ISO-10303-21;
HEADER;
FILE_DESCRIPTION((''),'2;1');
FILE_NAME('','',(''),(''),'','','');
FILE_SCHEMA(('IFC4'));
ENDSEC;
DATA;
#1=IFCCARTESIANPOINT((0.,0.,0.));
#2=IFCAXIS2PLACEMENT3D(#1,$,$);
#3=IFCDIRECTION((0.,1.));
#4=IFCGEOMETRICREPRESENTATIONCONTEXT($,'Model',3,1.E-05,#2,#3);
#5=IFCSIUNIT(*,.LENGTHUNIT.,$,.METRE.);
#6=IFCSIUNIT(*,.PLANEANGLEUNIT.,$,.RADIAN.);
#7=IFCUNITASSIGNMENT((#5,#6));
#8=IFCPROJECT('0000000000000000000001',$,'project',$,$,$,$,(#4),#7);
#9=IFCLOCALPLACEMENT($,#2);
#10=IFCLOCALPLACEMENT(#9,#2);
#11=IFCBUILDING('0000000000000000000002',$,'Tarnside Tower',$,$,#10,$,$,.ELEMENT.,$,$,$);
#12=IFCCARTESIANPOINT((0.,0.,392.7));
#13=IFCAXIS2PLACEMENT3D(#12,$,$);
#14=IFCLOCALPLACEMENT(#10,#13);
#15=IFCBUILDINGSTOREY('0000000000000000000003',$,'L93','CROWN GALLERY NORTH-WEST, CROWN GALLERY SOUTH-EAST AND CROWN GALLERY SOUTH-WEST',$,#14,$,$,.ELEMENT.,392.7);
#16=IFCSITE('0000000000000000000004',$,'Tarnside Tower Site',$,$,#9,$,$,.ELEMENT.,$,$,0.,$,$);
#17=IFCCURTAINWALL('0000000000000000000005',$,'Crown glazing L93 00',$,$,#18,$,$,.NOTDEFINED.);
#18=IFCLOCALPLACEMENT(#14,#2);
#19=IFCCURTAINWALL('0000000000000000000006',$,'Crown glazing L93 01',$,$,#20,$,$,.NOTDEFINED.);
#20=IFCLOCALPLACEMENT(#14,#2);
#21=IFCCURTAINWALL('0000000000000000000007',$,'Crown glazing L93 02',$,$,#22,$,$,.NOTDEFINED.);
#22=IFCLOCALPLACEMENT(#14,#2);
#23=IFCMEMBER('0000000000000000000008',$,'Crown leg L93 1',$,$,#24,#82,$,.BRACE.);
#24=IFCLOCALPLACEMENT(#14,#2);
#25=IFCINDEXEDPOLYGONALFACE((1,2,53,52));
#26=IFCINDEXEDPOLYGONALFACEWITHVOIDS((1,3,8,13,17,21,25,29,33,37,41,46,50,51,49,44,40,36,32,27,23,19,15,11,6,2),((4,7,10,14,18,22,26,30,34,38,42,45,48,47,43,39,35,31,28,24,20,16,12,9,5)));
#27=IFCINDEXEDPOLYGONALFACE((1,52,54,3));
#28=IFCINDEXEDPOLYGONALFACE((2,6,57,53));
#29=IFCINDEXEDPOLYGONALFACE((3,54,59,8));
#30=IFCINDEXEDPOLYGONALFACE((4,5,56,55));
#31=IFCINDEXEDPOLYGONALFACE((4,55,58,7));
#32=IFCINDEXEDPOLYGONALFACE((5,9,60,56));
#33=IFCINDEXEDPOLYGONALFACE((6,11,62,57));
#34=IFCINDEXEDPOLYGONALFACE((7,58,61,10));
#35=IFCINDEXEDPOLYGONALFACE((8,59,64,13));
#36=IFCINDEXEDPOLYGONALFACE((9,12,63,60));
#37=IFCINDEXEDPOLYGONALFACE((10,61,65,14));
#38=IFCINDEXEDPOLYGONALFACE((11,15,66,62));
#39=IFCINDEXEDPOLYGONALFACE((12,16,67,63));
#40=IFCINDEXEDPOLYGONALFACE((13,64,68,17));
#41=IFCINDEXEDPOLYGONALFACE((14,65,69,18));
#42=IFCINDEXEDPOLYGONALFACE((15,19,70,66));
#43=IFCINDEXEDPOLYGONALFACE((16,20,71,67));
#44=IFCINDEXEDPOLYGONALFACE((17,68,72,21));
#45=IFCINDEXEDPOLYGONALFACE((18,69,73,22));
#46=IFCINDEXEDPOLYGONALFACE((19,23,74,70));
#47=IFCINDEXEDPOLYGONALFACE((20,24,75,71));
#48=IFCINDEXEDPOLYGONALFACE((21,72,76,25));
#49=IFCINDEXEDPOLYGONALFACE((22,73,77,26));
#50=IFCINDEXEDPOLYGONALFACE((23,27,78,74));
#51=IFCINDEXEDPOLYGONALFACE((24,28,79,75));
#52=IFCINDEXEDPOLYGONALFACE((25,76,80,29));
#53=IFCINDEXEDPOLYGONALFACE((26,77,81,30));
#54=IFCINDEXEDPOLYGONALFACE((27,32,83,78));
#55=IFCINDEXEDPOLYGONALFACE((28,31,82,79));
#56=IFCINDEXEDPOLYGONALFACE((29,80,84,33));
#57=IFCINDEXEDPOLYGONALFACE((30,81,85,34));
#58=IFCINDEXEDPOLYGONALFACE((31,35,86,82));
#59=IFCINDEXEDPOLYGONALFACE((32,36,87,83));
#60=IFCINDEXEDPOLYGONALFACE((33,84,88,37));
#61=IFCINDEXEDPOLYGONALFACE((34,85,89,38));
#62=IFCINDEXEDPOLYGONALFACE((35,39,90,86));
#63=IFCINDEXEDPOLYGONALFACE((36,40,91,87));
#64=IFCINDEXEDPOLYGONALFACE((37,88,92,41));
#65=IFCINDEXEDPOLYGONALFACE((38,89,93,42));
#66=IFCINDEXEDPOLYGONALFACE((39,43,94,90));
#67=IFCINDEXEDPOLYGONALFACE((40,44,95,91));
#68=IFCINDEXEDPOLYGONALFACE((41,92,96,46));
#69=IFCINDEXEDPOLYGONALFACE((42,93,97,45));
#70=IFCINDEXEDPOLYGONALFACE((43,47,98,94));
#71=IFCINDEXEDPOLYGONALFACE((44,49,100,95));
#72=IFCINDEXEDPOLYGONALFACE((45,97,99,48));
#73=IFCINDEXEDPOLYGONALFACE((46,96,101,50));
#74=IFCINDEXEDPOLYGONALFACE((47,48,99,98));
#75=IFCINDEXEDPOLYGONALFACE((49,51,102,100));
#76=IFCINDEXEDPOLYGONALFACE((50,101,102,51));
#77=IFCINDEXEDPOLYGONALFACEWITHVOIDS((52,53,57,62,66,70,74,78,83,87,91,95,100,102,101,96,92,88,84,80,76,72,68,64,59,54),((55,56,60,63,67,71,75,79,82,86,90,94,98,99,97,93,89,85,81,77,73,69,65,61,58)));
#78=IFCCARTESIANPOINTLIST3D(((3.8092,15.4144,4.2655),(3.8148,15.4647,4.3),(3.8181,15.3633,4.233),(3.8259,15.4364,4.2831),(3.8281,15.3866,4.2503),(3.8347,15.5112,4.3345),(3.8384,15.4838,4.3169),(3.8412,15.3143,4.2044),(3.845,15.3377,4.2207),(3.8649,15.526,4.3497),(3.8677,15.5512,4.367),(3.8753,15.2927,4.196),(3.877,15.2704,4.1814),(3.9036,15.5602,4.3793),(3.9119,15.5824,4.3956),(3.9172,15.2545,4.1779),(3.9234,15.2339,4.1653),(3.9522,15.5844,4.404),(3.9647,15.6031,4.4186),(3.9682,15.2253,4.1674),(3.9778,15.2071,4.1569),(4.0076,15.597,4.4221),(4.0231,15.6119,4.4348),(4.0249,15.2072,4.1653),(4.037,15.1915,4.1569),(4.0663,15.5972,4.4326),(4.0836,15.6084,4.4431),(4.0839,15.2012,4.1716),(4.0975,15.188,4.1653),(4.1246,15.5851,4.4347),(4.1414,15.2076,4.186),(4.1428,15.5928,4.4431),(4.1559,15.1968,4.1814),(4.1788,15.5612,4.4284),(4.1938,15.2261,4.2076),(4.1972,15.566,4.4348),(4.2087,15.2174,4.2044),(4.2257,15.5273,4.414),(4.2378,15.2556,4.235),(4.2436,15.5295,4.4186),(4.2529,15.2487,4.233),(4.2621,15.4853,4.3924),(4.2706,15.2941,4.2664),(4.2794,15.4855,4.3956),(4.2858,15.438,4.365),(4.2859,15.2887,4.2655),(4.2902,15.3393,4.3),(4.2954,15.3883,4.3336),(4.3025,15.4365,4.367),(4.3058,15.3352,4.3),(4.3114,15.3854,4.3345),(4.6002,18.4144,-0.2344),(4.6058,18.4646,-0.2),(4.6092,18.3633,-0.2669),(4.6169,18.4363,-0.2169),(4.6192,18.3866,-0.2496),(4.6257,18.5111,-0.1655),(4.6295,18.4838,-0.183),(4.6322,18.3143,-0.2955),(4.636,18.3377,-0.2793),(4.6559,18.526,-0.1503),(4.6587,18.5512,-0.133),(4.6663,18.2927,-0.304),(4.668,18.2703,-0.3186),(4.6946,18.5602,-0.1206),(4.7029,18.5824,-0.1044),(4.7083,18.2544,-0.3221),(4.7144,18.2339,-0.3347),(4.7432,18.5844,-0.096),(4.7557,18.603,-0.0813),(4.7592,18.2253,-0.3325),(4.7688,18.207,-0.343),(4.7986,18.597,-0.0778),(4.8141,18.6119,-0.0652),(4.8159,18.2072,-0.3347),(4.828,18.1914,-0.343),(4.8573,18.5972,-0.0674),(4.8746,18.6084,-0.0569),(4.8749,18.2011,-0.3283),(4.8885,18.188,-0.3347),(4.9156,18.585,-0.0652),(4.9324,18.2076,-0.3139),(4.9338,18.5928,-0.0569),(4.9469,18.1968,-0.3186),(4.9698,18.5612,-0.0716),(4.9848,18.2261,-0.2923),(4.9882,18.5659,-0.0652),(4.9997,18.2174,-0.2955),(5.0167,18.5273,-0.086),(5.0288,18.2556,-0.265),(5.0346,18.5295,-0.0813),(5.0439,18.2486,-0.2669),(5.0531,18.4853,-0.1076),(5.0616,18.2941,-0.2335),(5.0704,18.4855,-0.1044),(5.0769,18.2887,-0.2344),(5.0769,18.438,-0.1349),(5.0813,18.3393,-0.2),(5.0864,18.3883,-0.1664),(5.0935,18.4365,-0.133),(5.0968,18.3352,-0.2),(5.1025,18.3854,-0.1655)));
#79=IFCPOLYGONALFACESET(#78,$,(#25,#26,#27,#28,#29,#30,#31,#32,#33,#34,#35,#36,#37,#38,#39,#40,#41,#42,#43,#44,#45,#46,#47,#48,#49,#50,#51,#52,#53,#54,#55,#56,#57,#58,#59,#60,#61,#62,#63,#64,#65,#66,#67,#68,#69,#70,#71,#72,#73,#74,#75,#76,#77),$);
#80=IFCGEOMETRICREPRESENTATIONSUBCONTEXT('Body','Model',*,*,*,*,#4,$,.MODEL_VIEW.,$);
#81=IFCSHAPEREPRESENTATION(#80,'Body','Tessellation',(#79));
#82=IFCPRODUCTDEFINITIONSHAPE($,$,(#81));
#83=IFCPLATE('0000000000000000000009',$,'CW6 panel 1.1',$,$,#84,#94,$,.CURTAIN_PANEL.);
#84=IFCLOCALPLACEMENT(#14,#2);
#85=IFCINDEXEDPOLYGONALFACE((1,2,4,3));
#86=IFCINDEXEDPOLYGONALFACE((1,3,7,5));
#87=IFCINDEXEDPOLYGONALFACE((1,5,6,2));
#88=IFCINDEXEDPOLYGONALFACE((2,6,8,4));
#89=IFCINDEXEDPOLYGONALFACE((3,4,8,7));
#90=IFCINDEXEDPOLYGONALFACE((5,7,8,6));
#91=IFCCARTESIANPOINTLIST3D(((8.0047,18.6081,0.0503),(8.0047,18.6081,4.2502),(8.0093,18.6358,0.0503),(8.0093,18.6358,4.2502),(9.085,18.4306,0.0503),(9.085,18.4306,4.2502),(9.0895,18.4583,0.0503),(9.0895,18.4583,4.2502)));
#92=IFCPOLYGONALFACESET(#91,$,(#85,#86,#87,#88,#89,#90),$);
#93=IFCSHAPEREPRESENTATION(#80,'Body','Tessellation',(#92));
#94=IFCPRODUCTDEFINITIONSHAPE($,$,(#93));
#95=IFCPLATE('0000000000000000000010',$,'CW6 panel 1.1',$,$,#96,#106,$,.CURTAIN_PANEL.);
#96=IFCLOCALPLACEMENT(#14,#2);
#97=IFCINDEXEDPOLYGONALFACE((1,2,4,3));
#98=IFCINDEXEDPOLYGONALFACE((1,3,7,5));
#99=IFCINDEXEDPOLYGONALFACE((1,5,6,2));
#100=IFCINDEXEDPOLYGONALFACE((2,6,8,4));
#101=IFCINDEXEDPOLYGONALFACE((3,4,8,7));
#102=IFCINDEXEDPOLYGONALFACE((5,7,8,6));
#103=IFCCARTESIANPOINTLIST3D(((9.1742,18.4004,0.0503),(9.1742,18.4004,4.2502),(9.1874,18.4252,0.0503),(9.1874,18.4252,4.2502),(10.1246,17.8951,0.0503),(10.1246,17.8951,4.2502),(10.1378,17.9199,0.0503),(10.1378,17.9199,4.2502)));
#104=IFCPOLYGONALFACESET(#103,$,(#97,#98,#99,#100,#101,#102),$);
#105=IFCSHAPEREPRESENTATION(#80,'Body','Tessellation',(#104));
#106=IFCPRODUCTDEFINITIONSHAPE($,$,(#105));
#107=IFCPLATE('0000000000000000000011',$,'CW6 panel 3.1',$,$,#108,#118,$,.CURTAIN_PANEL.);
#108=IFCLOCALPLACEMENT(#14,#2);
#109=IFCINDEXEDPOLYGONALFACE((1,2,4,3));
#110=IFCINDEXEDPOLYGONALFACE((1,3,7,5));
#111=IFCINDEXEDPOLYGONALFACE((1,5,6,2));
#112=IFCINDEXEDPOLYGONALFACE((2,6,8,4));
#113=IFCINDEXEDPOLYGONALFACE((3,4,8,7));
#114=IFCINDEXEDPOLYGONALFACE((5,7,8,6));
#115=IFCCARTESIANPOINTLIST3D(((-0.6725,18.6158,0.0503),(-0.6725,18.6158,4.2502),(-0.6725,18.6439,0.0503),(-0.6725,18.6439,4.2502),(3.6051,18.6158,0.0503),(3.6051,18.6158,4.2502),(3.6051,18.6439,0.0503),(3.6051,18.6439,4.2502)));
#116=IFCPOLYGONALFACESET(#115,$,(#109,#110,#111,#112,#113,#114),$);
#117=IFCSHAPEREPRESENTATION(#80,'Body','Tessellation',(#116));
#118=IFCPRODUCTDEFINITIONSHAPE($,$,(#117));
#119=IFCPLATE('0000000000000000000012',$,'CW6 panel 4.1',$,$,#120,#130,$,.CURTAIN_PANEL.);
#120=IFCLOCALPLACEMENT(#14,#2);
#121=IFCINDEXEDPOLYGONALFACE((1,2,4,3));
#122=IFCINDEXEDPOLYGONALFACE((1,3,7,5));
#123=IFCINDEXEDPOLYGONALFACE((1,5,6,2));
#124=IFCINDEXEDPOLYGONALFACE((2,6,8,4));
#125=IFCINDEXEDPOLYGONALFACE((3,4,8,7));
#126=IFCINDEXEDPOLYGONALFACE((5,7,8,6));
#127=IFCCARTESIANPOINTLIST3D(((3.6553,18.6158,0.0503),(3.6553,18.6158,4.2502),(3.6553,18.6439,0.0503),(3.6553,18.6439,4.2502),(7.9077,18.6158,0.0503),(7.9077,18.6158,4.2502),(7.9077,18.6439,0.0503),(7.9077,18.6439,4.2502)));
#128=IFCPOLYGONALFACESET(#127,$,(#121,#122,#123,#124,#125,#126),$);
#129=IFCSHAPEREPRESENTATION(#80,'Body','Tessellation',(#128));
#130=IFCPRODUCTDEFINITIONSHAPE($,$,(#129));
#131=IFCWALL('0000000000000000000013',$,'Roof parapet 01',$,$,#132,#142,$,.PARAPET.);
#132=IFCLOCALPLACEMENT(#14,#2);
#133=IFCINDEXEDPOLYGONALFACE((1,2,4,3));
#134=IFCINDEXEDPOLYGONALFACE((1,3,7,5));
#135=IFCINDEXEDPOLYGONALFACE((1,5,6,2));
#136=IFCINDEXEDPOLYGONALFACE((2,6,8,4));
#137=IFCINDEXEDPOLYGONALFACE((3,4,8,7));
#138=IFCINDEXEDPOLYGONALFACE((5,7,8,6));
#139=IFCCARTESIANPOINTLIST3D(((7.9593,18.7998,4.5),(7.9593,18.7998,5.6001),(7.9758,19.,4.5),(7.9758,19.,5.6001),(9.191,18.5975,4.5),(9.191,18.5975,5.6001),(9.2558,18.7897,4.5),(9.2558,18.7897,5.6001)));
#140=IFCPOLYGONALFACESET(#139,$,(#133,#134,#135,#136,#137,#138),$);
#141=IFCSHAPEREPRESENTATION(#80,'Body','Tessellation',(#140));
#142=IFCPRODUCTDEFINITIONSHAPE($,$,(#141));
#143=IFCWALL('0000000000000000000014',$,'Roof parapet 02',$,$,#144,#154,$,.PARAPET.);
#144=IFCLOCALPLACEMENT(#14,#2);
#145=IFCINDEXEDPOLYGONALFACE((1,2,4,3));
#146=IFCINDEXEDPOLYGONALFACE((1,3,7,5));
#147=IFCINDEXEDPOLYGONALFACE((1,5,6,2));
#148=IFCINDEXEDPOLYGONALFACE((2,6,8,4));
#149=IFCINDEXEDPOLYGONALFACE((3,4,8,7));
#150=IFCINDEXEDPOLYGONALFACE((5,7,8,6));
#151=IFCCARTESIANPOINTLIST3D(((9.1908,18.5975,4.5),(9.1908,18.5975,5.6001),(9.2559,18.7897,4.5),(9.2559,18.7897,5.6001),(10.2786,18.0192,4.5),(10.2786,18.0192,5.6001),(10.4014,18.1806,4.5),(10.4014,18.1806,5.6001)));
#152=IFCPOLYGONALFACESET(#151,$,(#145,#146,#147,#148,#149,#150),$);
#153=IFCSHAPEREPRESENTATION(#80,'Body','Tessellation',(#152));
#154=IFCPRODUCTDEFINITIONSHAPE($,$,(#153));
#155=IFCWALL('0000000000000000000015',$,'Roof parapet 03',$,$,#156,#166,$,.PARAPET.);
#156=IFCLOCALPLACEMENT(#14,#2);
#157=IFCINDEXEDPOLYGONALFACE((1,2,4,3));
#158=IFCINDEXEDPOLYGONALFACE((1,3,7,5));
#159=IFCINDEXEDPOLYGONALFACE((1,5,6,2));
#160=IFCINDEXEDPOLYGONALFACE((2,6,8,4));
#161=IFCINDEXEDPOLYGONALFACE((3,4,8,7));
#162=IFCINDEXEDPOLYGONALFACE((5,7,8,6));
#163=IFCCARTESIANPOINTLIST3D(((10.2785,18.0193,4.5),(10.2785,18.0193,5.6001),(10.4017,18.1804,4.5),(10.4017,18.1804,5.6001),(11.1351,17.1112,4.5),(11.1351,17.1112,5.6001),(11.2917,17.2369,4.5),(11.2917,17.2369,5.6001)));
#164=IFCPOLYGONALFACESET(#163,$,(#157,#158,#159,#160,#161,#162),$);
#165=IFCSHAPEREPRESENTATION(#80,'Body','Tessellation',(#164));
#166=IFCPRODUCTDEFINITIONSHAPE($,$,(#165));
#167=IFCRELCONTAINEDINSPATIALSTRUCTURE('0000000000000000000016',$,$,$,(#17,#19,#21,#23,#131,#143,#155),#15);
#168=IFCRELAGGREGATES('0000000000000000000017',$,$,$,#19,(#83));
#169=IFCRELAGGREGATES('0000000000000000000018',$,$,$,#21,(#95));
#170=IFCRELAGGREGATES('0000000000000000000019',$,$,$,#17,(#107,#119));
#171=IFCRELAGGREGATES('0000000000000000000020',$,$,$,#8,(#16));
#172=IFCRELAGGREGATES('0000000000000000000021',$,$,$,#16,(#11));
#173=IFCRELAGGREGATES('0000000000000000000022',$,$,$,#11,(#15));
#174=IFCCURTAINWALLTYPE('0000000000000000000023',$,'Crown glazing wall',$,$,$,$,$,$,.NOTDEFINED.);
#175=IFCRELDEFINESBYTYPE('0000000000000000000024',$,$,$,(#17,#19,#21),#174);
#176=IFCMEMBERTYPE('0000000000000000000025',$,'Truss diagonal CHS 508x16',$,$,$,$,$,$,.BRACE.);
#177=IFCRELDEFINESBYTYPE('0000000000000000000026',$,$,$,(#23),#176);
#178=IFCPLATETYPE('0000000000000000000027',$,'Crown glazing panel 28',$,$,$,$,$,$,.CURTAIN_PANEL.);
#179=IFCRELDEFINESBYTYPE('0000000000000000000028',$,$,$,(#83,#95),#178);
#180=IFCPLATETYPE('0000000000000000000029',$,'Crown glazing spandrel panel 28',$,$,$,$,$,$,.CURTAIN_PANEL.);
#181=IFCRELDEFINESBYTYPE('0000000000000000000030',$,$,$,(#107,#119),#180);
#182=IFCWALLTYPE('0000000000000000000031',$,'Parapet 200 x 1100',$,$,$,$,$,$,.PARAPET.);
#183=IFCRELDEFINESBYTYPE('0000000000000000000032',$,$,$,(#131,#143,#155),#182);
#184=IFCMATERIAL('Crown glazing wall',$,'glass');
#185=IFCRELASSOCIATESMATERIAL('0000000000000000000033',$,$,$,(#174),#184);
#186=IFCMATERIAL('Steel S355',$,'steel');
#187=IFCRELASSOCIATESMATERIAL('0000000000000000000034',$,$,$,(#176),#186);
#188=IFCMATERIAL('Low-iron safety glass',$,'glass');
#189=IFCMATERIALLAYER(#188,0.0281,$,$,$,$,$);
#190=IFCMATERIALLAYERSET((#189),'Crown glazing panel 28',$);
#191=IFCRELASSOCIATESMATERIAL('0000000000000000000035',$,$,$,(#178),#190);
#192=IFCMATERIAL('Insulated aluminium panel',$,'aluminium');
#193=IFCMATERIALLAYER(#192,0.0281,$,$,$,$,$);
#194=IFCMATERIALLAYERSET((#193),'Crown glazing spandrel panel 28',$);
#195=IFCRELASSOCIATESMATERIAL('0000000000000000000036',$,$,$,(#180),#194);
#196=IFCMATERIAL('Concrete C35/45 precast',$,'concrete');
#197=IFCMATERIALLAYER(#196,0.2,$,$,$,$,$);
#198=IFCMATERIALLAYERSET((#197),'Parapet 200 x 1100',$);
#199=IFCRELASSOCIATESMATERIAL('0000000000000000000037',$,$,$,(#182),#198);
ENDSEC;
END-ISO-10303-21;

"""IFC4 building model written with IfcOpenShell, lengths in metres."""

from ifc_helpers import new_model, si_unit, direction, frame, origin, origin_2d, place, context, subcontext, project, spatial, polyline, rectangle, hollow_circle, outline, extrude, material, layer, layer_set, material_profile, profile_set, type_object, element, aggregate, save


model = new_model("IFC4")

# Units and contexts
model_context = context("Model", 3, precision=1e-05, world=origin(), true_north=direction((0.0, 1.0)))
body_context = subcontext(model_context, "Body", "Model", "MODEL_VIEW")
ifc_project = project(units=[si_unit("LENGTHUNIT", "METRE"), si_unit("PLANEANGLEUNIT", "RADIAN")], contexts=[model_context])

# Site, building, storey
site_placement = place(None, origin())
site = spatial("IfcSite", under=ifc_project, at=site_placement, Name="Tarnside Tower Site", CompositionType="ELEMENT", RefElevation=0.0)
building_placement = place(site_placement, origin())
building = spatial("IfcBuilding", under=site, at=building_placement, Name="Tarnside Tower", CompositionType="ELEMENT")
storey_placement = place(building_placement, frame((0.0, 0.0, 392.7)))
storey = spatial("IfcBuildingStorey", under=building, at=storey_placement, Name="L93", Description="CROWN GALLERY NORTH-WEST, CROWN GALLERY SOUTH-EAST AND CROWN GALLERY SOUTH-WEST", CompositionType="ELEMENT", Elevation=392.7)

# Curtain walls
ifc_material_1 = material(Name="Crown glazing wall", Category="glass")
curtain_wall_type = type_object("IfcCurtainWallType", Name="Crown glazing wall", PredefinedType="NOTDEFINED", material=ifc_material_1)
curtain_wall_1_placement = place(storey_placement, origin())
curtain_wall_1 = element("IfcCurtainWall", 1, at=curtain_wall_1_placement, inside=storey, type_object=curtain_wall_type, Name="Crown glazing L93 00", PredefinedType="NOTDEFINED")
curtain_wall_2_placement = place(storey_placement, origin())
curtain_wall_2 = element("IfcCurtainWall", 2, at=curtain_wall_2_placement, inside=storey, type_object=curtain_wall_type, Name="Crown glazing L93 01", PredefinedType="NOTDEFINED")
curtain_wall_3_placement = place(storey_placement, origin())
curtain_wall_3 = element("IfcCurtainWall", 3, at=curtain_wall_3_placement, inside=storey, type_object=curtain_wall_type, Name="Crown glazing L93 02", PredefinedType="NOTDEFINED")

# Member
ifc_material_2 = material(Name="Steel S355", Category="steel")
ifc_material_profile_1 = material_profile(ifc_material_2, hollow_circle(Radius=0.2539, WallThickness=0.0161, at=origin_2d()), Name="CHS 508x16")
ifc_profile_set_1 = profile_set([ifc_material_profile_1], Name="Steel S355")
member_type_1 = type_object("IfcMemberType", Name="Truss diagonal CHS 508x16", PredefinedType="BRACE", material=ifc_profile_set_1)
member_1_placement = place(storey_placement, frame((4.8513, 18.3999, -0.2), z_axis=(-0.144719, -0.548861, 0.823291), x_axis=(0.966952, -0.254958, 0.0)))
element("IfcMember", 4, at=member_1_placement, inside=storey, type_object=member_type_1, Name="Crown leg L93 1", PredefinedType="BRACE", context=body_context, shape_type="SweptSolid", body=[
    extrude(hollow_circle(Radius=0.2539, WallThickness=0.0161, at=origin_2d()), origin(), (0.0, 0.0, 1.0), 5.4658),
])

# Plates
ifc_material_3 = material(Name="Low-iron safety glass", Category="glass")
ifc_layer_1 = layer(ifc_material_3, 0.0281)
ifc_layer_set_1 = layer_set([ifc_layer_1], Name="Crown glazing panel 28")
plate_type_1 = type_object("IfcPlateType", Name="Crown glazing panel 28", PredefinedType="CURTAIN_PANEL", material=ifc_layer_set_1)
plate_1_placement = place(storey_placement, frame((8.5471, 18.5332, 0.0503), z_axis=(0.0, 0.0, 1.0), x_axis=(0.986762, -0.162178, 0.0)))
plate_1 = element("IfcPlate", 5, at=plate_1_placement, type_object=plate_type_1, Name="CW6 panel 1.1", PredefinedType="CURTAIN_PANEL", context=body_context, shape_type="SweptSolid", body=[
    extrude(rectangle(XDim=1.0947, YDim=0.0281, at=origin_2d()), origin(), (0.0, 0.0, 1.0), 4.2),
])
aggregate(curtain_wall_2, [plate_1])
plate_2_placement = place(storey_placement, frame((9.656, 18.1602, 0.0503), z_axis=(0.0, 0.0, 1.0), x_axis=(0.882948, -0.469472, 0.0)))
plate_2 = element("IfcPlate", 6, at=plate_2_placement, type_object=plate_type_1, Name="CW6 panel 1.1", PredefinedType="CURTAIN_PANEL", context=body_context, shape_type="SweptSolid", body=[
    extrude(rectangle(XDim=1.0764, YDim=0.0281, at=origin_2d()), origin(), (0.0, 0.0, 1.0), 4.2),
])
aggregate(curtain_wall_3, [plate_2])
ifc_material_4 = material(Name="Insulated aluminium panel", Category="aluminium")
ifc_layer_2 = layer(ifc_material_4, 0.0281)
ifc_layer_set_2 = layer_set([ifc_layer_2], Name="Crown glazing spandrel panel 28")
plate_type_2 = type_object("IfcPlateType", Name="Crown glazing spandrel panel 28", PredefinedType="CURTAIN_PANEL", material=ifc_layer_set_2)
plate_3_placement = place(storey_placement, frame((1.4663, 18.6299, 0.0503), z_axis=(0.0, 0.0, 1.0), x_axis=(1.0, 0.0, 0.0)))
plate_3 = element("IfcPlate", 7, at=plate_3_placement, type_object=plate_type_2, Name="CW6 panel 3.1", PredefinedType="CURTAIN_PANEL", context=body_context, shape_type="SweptSolid", body=[
    extrude(rectangle(XDim=4.2776, YDim=0.0281, at=origin_2d()), origin(), (0.0, 0.0, 1.0), 4.2),
])
plate_4_placement = place(storey_placement, frame((5.7815, 18.6299, 0.0503), z_axis=(0.0, 0.0, 1.0), x_axis=(1.0, 0.0, 0.0)))
plate_4 = element("IfcPlate", 8, at=plate_4_placement, type_object=plate_type_2, Name="CW6 panel 4.1", PredefinedType="CURTAIN_PANEL", context=body_context, shape_type="SweptSolid", body=[
    extrude(rectangle(XDim=4.2524, YDim=0.0281, at=origin_2d()), origin(), (0.0, 0.0, 1.0), 4.2),
])
aggregate(curtain_wall_1, [plate_3, plate_4])

# Walls
ifc_material_5 = material(Name="Concrete C35/45 precast", Category="concrete")
ifc_layer_3 = layer(ifc_material_5, 0.2)
ifc_layer_set_3 = layer_set([ifc_layer_3], Name="Parapet 200 x 1100")
wall_type = type_object("IfcWallType", Name="Parapet 200 x 1100", PredefinedType="PARAPET", material=ifc_layer_set_3)
wall_1_placement = place(storey_placement, frame((7.9675, 18.8999, 4.5), z_axis=(0.0, 0.0, 1.0), x_axis=(0.986775, -0.162097, 0.0)))
element("IfcWall", 9, at=wall_1_placement, inside=storey, type_object=wall_type, Name="Roof parapet 01", PredefinedType="PARAPET", context=body_context, shape_type="SweptSolid", body=[
    extrude(outline(polyline([(0.0081, -0.1001), (1.2563, -0.1001), (1.2891, 0.1001), (-0.0081, 0.1001), (0.0081, -0.1001)])), origin(), (0.0, 0.0, 1.0), 1.1001),
])
wall_2_placement = place(storey_placement, frame((9.2234, 18.6936, 4.5), z_axis=(0.0, 0.0, 1.0), x_axis=(0.882951, -0.469466, 0.0)))
element("IfcWall", 10, at=wall_2_placement, inside=storey, type_object=wall_type, Name="Roof parapet 02", PredefinedType="PARAPET", context=body_context, shape_type="SweptSolid", body=[
    extrude(outline(polyline([(0.0164, -0.1001), (1.2483, -0.1001), (1.281, 0.1001), (-0.0164, 0.1001), (0.0164, -0.1001)])), origin(), (0.0, 0.0, 1.0), 1.1001),
])
wall_3_placement = place(storey_placement, frame((10.3401, 18.0999, 4.5), z_axis=(0.0, 0.0, 1.0), x_axis=(0.686184, -0.727428, 0.0)))
element("IfcWall", 11, at=wall_3_placement, inside=storey, type_object=wall_type, Name="Roof parapet 03", PredefinedType="PARAPET", context=body_context, shape_type="SweptSolid", body=[
    extrude(outline(polyline([(0.0164, -0.1001), (1.2646, -0.1001), (1.2808, 0.1001), (-0.0164, 0.1001), (0.0164, -0.1001)])), origin(), (0.0, 0.0, 1.0), 1.1001),
])

save(model, "model.ifc")
